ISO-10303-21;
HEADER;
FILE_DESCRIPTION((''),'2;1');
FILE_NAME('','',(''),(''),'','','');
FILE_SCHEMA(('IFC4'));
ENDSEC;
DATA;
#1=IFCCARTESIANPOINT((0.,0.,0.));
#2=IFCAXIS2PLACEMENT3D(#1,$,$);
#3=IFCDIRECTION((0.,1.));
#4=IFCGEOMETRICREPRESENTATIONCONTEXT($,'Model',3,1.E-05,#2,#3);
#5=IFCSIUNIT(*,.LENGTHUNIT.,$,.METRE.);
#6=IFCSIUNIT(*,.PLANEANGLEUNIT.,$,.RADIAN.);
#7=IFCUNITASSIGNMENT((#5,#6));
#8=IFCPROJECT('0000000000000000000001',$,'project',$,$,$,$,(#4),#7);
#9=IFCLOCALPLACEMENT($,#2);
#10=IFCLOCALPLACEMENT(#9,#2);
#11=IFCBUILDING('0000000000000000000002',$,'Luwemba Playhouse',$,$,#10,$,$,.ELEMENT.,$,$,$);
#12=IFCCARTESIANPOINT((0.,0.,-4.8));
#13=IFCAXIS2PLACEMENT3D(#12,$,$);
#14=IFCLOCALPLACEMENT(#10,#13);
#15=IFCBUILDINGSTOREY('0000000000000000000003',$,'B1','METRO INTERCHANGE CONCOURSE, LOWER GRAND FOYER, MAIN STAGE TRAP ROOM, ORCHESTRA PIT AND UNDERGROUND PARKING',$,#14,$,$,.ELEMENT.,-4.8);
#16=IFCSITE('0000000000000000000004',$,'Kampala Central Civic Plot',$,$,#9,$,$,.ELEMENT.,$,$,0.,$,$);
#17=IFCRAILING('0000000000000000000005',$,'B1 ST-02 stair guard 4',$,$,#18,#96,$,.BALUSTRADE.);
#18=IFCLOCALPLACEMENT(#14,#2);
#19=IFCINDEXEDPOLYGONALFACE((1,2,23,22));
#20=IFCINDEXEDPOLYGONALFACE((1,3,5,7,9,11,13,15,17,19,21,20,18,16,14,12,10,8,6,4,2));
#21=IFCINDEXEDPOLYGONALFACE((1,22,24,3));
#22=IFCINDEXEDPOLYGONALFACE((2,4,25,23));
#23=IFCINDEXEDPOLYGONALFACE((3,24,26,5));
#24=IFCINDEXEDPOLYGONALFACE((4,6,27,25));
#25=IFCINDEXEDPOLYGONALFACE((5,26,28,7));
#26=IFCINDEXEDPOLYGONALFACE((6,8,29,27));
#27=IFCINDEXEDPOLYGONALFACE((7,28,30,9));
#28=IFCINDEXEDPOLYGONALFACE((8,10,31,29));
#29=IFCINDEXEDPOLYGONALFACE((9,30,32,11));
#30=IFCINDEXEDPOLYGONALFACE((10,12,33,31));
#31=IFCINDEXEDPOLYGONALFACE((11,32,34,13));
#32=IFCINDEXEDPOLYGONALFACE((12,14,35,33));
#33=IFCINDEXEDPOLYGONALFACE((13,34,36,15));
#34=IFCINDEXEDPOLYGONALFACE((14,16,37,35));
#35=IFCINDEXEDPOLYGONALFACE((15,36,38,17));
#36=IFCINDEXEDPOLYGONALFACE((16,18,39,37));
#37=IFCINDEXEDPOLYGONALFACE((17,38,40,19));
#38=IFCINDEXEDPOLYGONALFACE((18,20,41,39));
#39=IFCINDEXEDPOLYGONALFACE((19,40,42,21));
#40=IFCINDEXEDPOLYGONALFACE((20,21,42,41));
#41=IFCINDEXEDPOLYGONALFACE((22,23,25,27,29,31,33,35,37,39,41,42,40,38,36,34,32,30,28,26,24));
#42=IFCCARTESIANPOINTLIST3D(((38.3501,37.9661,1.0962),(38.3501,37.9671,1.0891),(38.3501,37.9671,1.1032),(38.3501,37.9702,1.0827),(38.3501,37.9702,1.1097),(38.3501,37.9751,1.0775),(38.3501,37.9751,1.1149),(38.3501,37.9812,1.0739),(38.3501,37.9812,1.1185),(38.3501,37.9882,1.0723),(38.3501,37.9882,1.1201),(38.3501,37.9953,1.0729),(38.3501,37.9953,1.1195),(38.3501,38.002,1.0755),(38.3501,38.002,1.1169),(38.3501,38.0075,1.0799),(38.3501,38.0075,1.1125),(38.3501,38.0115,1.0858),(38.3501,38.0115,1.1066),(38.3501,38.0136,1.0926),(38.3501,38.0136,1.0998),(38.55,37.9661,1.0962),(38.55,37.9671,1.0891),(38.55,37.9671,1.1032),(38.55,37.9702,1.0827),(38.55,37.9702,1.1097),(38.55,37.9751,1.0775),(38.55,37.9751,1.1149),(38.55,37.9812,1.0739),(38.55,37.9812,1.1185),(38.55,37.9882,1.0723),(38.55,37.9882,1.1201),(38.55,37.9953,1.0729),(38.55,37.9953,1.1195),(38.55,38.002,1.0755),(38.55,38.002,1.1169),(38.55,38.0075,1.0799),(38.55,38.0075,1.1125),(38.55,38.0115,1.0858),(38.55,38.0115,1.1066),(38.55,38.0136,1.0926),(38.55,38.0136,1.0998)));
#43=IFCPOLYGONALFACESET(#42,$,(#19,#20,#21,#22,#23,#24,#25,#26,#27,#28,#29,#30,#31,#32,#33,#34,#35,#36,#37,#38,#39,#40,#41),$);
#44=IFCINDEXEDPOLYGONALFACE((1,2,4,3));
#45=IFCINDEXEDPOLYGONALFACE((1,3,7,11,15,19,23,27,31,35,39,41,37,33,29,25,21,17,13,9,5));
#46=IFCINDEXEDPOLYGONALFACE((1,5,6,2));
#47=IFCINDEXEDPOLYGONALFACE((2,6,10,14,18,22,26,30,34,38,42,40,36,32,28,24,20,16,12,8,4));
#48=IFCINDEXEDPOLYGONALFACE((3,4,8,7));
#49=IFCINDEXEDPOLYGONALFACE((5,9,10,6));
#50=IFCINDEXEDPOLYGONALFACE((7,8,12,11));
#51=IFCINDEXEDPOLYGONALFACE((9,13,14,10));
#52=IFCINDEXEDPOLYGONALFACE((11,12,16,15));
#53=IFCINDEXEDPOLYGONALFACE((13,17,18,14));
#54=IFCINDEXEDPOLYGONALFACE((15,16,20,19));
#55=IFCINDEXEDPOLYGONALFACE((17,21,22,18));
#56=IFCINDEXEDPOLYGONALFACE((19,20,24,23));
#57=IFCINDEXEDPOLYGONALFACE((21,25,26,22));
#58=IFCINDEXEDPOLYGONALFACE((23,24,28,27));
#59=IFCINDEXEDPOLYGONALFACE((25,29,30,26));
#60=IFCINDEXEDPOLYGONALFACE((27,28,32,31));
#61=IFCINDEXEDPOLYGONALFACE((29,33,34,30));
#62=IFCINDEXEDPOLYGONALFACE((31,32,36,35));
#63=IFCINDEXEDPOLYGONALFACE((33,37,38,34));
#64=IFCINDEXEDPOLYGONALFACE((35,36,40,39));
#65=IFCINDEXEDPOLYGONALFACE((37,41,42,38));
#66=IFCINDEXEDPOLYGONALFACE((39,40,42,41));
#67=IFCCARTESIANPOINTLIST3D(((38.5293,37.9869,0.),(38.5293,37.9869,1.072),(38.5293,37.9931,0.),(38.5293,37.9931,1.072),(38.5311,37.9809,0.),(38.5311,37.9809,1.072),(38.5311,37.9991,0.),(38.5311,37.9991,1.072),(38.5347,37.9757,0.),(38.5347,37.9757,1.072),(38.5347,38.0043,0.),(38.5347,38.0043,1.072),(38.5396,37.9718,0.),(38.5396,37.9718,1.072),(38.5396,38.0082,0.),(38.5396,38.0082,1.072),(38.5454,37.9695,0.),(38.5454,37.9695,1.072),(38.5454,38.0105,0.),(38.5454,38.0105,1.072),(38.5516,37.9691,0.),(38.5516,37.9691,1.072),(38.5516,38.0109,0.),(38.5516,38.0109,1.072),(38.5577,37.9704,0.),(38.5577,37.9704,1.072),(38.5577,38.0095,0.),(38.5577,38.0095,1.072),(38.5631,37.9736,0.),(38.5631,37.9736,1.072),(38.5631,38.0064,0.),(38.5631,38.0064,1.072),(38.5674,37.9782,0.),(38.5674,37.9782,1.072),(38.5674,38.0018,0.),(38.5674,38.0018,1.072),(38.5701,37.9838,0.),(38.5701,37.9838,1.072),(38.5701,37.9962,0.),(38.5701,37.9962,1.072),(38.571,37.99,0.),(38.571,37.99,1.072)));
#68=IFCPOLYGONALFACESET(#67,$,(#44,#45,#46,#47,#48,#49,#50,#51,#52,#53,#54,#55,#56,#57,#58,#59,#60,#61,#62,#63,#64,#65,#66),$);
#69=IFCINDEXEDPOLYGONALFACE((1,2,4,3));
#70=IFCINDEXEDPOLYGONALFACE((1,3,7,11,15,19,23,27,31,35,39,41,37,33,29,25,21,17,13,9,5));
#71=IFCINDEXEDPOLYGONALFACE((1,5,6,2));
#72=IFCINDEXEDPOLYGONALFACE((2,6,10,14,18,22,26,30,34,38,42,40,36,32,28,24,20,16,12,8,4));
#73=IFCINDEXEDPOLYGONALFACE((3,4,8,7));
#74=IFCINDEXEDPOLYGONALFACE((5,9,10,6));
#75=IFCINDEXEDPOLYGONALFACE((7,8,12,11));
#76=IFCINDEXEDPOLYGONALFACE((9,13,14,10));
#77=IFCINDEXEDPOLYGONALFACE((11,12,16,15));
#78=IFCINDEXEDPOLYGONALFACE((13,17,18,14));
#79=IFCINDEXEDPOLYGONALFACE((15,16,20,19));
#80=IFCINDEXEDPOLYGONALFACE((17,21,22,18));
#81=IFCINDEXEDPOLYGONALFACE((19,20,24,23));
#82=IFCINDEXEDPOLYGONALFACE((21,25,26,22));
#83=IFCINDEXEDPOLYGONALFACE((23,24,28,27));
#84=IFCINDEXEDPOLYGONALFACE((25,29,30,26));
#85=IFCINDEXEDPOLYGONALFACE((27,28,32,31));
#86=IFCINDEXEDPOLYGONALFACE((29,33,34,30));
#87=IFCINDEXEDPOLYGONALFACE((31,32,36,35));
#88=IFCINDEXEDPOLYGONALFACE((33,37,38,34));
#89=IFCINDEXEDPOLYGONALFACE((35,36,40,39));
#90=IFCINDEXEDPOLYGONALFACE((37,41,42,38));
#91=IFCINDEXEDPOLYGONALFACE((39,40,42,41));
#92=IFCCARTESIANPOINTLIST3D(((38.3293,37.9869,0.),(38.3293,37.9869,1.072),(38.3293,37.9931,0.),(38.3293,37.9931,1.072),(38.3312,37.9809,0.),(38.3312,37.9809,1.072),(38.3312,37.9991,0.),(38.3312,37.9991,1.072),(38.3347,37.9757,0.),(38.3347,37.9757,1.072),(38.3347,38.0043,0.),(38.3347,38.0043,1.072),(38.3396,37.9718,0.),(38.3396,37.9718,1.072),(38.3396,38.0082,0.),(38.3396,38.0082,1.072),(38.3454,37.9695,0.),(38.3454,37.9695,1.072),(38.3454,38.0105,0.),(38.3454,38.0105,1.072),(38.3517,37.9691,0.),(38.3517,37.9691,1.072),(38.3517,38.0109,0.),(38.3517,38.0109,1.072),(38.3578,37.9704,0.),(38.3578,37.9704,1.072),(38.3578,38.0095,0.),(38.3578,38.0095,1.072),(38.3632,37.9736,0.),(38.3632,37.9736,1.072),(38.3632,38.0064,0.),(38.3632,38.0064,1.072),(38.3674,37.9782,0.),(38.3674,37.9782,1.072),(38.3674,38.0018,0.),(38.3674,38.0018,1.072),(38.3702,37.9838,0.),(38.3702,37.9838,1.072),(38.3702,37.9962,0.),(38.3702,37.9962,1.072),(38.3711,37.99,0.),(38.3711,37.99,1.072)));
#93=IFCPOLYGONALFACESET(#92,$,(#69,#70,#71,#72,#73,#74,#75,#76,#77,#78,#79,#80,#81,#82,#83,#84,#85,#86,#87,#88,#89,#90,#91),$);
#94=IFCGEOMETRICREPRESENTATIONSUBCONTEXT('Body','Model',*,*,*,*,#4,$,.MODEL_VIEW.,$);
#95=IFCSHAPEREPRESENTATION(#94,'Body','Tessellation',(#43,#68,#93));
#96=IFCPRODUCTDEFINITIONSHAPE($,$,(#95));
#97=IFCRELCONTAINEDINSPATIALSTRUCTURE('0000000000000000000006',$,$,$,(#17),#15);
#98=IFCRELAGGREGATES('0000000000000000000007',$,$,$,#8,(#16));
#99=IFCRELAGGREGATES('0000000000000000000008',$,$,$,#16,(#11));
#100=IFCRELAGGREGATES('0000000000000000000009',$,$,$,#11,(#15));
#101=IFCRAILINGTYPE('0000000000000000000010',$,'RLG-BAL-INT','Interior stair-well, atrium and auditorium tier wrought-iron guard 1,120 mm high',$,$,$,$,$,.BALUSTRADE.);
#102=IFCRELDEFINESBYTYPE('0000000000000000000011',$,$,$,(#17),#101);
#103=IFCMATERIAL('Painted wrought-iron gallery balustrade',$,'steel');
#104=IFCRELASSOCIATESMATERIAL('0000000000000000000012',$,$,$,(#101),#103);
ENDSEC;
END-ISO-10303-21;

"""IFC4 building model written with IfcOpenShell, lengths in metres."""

from ifc_helpers import new_model, si_unit, direction, frame, origin, origin_2d, place, context, subcontext, project, spatial, circle, extrude, material, type_object, element, save


model = new_model("IFC4")

# Units and contexts
model_context = context("Model", 3, precision=1e-05, world=origin(), true_north=direction((0.0, 1.0)))
body_context = subcontext(model_context, "Body", "Model", "MODEL_VIEW")
ifc_project = project(units=[si_unit("LENGTHUNIT", "METRE"), si_unit("PLANEANGLEUNIT", "RADIAN")], contexts=[model_context])

# Site, building, storey
site_placement = place(None, origin())
site = spatial("IfcSite", under=ifc_project, at=site_placement, Name="Kampala Central Civic Plot", CompositionType="ELEMENT", RefElevation=0.0)
building_placement = place(site_placement, origin())
building = spatial("IfcBuilding", under=site, at=building_placement, Name="Luwemba Playhouse", CompositionType="ELEMENT")
storey_placement = place(building_placement, frame((0.0, 0.0, -4.8)))
storey = spatial("IfcBuildingStorey", under=building, at=storey_placement, Name="B1", Description="METRO INTERCHANGE CONCOURSE, LOWER GRAND FOYER, MAIN STAGE TRAP ROOM, ORCHESTRA PIT AND UNDERGROUND PARKING", CompositionType="ELEMENT", Elevation=-4.8)

# Railing
ifc_material_1 = material(Name="Painted wrought-iron gallery balustrade", Category="steel")
railing_type_1 = type_object("IfcRailingType", Name="RLG-BAL-INT", Description="Interior stair-well, atrium and auditorium tier wrought-iron guard 1,120 mm high", PredefinedType="BALUSTRADE", material=ifc_material_1)
railing_1_placement = place(storey_placement, frame((38.55, 37.99, 0.0)))
element("IfcRailing", 1, at=railing_1_placement, inside=storey, type_object=railing_type_1, Name="B1 ST-02 stair guard 4", PredefinedType="BALUSTRADE", context=body_context, shape_type="SweptSolid", body=[
    extrude(circle(Radius=0.0239, at=origin_2d()), frame((0.0, 0.0, 1.0962), z_axis=(-1.0, 0.0, 0.0), x_axis=(0.0, -1.0, 0.0)), (0.0, 0.0, 1.0), 0.2),
    extrude(circle(Radius=0.021, at=origin_2d()), origin(), (0.0, 0.0, 1.0), 1.072),
    extrude(circle(Radius=0.021, at=origin_2d()), frame((-0.2, 0.0, 0.0)), (0.0, 0.0, 1.0), 1.072),
])

save(model, "model.ifc")
